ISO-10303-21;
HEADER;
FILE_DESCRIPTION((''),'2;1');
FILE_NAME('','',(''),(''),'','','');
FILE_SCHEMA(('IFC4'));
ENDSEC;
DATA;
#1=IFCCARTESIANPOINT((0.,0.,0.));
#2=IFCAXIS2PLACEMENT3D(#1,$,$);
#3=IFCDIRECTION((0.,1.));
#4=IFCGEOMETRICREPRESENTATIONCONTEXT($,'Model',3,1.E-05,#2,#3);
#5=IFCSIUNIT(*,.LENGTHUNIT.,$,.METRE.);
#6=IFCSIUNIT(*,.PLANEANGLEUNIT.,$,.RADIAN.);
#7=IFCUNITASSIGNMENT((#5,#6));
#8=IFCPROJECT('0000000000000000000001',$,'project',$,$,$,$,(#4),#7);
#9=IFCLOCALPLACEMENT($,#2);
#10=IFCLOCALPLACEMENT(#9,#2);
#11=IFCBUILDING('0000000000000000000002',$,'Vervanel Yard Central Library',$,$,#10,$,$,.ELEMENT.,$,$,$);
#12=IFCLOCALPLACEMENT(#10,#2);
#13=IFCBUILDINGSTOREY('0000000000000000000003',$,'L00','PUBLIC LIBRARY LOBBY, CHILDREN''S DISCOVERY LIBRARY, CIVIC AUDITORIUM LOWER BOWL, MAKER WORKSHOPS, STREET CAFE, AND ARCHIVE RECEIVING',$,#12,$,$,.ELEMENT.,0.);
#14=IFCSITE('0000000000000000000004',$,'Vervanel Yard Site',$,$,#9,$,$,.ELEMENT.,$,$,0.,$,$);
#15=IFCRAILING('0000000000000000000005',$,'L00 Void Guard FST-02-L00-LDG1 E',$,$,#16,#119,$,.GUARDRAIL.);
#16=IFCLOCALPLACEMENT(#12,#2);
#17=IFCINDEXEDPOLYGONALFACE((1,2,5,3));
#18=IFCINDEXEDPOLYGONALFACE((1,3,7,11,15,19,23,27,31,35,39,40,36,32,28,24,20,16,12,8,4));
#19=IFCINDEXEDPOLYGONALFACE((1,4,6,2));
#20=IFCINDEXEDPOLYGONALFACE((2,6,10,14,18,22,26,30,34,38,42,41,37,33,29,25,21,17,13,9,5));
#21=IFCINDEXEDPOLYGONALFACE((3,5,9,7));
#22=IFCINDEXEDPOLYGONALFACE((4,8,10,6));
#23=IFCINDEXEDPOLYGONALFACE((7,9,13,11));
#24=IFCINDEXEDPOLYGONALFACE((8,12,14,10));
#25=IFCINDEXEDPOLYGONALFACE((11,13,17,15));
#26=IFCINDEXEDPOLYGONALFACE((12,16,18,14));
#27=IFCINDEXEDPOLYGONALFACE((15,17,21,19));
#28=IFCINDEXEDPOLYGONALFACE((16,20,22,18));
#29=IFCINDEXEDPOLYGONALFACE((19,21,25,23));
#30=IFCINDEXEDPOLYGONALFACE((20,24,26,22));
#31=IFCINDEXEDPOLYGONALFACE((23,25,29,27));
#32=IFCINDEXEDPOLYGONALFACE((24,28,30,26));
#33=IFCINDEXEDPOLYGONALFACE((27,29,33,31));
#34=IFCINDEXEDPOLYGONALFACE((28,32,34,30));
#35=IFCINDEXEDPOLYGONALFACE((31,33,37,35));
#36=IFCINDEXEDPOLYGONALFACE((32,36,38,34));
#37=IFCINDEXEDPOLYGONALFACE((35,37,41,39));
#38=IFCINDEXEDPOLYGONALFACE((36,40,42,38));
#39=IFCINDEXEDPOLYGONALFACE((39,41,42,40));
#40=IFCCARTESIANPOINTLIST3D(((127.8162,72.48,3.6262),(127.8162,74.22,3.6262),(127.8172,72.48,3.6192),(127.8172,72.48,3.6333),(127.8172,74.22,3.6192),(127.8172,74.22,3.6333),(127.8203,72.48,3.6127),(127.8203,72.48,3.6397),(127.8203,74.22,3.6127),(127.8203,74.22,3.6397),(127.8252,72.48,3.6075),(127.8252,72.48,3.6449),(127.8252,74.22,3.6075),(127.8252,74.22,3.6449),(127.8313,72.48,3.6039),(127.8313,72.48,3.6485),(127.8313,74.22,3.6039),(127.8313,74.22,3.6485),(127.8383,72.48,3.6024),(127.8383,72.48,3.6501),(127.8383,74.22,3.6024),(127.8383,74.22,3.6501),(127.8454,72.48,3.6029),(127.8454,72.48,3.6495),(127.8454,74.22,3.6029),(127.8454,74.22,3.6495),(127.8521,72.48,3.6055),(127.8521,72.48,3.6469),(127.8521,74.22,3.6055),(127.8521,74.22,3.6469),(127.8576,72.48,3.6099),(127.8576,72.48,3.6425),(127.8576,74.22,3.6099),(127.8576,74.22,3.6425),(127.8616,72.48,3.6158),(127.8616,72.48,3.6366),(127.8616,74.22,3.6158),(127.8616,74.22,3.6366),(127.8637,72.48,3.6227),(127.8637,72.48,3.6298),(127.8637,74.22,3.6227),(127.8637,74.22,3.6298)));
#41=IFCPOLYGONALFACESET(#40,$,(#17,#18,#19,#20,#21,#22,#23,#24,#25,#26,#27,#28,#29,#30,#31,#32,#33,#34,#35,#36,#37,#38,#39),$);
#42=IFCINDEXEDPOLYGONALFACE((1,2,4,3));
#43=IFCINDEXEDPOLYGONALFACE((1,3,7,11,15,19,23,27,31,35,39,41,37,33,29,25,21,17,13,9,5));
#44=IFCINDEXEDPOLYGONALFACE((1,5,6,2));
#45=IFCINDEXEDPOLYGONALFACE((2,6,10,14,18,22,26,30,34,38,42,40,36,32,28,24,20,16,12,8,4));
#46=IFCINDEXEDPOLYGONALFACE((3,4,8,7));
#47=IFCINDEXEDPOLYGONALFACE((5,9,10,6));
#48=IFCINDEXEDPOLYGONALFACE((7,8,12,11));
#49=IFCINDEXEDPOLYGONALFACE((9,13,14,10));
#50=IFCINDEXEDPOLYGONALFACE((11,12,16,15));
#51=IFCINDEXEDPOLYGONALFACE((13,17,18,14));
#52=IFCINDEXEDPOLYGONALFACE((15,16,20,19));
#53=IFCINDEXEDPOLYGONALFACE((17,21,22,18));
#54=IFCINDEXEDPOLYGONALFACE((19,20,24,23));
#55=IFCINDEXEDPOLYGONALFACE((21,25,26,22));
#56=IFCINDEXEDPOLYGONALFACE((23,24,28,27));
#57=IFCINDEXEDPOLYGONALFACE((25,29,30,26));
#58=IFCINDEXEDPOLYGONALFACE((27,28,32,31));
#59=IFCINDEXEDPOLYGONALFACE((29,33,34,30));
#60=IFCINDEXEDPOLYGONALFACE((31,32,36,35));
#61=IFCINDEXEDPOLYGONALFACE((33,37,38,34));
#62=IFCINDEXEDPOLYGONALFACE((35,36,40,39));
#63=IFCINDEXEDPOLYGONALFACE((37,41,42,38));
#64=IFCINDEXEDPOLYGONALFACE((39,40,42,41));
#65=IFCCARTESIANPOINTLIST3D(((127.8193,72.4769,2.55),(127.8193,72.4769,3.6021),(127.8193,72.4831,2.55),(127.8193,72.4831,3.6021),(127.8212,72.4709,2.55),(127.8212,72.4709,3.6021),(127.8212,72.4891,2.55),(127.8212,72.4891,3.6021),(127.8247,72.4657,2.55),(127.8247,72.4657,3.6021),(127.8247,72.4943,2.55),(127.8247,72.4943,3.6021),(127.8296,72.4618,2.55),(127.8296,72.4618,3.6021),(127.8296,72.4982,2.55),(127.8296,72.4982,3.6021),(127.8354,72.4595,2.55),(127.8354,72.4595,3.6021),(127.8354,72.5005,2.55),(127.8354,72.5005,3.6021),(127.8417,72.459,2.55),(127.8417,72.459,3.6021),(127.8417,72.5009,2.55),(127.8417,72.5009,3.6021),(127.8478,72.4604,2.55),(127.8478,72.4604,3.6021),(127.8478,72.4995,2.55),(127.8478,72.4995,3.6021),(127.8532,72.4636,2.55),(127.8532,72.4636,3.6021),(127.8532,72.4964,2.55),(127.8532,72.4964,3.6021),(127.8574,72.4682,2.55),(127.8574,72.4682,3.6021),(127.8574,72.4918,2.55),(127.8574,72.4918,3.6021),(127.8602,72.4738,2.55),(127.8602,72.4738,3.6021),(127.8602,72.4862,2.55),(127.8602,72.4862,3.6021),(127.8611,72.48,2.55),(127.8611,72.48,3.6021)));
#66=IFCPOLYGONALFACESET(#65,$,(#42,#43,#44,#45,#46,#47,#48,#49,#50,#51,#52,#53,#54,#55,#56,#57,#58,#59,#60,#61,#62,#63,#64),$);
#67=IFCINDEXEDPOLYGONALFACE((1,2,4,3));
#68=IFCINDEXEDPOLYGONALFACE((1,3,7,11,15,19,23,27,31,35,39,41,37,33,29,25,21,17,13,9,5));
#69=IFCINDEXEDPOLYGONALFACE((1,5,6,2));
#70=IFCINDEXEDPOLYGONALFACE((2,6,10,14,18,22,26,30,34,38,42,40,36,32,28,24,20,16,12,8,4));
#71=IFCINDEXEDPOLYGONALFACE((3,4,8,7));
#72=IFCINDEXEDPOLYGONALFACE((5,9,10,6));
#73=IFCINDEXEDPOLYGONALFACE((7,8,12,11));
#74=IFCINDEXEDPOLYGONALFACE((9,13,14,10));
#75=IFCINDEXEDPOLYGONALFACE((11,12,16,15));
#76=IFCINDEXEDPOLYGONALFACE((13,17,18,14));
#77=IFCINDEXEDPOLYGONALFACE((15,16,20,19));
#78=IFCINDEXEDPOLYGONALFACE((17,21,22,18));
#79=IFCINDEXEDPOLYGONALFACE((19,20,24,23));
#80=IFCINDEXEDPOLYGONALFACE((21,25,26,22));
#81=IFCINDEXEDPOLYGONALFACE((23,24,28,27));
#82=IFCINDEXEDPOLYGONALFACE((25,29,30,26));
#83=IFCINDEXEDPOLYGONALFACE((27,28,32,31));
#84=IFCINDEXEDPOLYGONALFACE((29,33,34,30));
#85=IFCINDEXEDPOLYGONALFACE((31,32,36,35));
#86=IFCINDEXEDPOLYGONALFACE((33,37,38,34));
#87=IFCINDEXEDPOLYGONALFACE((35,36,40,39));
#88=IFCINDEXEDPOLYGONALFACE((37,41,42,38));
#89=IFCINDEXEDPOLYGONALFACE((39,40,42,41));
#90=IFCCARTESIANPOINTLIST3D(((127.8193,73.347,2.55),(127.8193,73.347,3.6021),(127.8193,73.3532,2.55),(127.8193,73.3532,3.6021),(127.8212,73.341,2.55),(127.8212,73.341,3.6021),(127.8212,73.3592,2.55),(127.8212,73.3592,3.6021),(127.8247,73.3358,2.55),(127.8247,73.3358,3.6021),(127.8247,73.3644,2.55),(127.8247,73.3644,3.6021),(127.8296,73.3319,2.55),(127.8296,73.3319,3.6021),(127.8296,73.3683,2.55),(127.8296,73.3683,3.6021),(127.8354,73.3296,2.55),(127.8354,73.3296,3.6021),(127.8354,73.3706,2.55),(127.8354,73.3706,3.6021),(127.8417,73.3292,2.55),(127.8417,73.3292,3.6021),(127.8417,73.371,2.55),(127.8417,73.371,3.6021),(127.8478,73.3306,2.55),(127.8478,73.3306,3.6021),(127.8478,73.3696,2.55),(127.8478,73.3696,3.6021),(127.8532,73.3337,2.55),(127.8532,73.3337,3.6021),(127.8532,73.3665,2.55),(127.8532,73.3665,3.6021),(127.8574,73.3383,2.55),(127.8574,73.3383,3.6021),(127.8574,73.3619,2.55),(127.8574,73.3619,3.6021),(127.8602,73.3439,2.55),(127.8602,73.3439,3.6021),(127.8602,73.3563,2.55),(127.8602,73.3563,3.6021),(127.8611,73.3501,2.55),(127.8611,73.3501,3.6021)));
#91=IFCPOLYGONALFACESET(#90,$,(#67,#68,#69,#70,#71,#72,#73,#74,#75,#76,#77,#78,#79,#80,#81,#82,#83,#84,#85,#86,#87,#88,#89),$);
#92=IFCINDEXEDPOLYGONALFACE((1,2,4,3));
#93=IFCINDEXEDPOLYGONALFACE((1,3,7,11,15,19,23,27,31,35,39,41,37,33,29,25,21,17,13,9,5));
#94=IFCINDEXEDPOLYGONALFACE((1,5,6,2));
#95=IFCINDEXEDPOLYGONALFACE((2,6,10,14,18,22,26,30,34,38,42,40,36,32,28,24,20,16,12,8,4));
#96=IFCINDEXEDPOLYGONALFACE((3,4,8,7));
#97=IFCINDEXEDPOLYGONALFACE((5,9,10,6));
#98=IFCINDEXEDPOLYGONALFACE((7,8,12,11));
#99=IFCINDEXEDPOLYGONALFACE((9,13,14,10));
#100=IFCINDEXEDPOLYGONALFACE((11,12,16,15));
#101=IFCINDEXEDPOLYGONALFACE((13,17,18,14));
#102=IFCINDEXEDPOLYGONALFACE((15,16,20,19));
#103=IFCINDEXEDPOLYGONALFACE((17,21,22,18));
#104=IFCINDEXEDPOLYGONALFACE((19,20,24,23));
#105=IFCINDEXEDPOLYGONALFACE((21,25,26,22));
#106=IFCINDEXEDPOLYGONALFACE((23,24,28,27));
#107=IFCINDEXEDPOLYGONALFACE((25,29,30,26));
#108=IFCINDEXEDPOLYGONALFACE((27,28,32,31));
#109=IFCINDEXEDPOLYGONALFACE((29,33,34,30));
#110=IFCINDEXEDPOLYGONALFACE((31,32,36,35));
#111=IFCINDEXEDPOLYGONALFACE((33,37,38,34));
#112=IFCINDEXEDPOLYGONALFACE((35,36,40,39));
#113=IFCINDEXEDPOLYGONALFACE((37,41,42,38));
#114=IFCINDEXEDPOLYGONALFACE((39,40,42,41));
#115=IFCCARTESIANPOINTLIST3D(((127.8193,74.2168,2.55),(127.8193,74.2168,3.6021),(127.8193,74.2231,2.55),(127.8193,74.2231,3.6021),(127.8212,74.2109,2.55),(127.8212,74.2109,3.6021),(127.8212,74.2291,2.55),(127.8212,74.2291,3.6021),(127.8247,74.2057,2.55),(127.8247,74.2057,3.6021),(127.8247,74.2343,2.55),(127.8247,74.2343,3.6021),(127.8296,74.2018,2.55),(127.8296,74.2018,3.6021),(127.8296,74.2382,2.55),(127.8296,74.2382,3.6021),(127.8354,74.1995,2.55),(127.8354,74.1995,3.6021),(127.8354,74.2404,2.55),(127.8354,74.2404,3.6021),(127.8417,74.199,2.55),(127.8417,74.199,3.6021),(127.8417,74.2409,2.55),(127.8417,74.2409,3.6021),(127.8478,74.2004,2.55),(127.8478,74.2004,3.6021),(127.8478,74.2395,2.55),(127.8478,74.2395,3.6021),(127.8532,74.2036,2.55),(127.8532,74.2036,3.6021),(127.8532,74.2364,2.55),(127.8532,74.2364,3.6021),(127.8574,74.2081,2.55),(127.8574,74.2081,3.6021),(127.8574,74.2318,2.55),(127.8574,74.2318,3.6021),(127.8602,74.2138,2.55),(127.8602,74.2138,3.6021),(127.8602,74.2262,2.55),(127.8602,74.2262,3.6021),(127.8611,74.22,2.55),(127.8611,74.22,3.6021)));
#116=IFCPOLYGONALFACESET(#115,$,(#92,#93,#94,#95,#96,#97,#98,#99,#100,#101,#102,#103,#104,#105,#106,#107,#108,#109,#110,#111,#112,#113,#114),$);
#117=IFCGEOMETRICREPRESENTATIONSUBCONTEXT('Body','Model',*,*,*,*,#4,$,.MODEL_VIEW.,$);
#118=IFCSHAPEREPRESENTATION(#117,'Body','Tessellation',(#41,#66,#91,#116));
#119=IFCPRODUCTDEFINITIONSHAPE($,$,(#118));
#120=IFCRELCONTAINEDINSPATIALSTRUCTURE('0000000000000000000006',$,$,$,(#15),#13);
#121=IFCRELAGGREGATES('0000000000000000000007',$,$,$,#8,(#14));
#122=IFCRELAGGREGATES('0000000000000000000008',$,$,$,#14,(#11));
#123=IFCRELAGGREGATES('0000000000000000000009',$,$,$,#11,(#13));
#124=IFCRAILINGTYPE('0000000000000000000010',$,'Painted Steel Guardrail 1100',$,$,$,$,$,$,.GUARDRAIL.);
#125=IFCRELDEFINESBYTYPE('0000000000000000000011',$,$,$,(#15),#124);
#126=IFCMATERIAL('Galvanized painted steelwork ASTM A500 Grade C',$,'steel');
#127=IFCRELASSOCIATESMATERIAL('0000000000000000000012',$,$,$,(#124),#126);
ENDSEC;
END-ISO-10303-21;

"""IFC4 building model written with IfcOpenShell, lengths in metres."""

from ifc_helpers import new_model, si_unit, direction, frame, origin, origin_2d, place, context, subcontext, project, spatial, circle, extrude, material, type_object, element, save


model = new_model("IFC4")

# Units and contexts
model_context = context("Model", 3, precision=1e-05, world=origin(), true_north=direction((0.0, 1.0)))
body_context = subcontext(model_context, "Body", "Model", "MODEL_VIEW")
ifc_project = project(units=[si_unit("LENGTHUNIT", "METRE"), si_unit("PLANEANGLEUNIT", "RADIAN")], contexts=[model_context])

# Site, building, storey
site_placement = place(None, origin())
site = spatial("IfcSite", under=ifc_project, at=site_placement, Name="Vervanel Yard Site", CompositionType="ELEMENT", RefElevation=0.0)
building_placement = place(site_placement, origin())
building = spatial("IfcBuilding", under=site, at=building_placement, Name="Vervanel Yard Central Library", CompositionType="ELEMENT")
storey_placement = place(building_placement, origin())
storey = spatial("IfcBuildingStorey", under=building, at=storey_placement, Name="L00", Description="PUBLIC LIBRARY LOBBY, CHILDREN'S DISCOVERY LIBRARY, CIVIC AUDITORIUM LOWER BOWL, MAKER WORKSHOPS, STREET CAFE, AND ARCHIVE RECEIVING", CompositionType="ELEMENT", Elevation=0.0)

# Railing
ifc_material_1 = material(Name="Galvanized painted steelwork ASTM A500 Grade C", Category="steel")
railing_type = type_object("IfcRailingType", Name="Painted Steel Guardrail 1100", PredefinedType="GUARDRAIL", material=ifc_material_1)
railing_1_placement = place(storey_placement, frame((127.8401, 72.48, 2.55)))
element("IfcRailing", 1, at=railing_1_placement, inside=storey, type_object=railing_type, Name="L00 Void Guard FST-02-L00-LDG1 E", PredefinedType="GUARDRAIL", context=body_context, shape_type="SweptSolid", body=[
    extrude(circle(Radius=0.0239, at=origin_2d()), frame((0.0, 0.0, 1.0762), z_axis=(0.0, 1.0, 0.0), x_axis=(-1.0, 0.0, 0.0)), (0.0, 0.0, 1.0), 1.74),
    extrude(circle(Radius=0.021, at=origin_2d()), origin(), (0.0, 0.0, 1.0), 1.052),
    extrude(circle(Radius=0.021, at=origin_2d()), frame((0.0, 0.8701, 0.0)), (0.0, 0.0, 1.0), 1.052),
    extrude(circle(Radius=0.021, at=origin_2d()), frame((0.0, 1.74, 0.0)), (0.0, 0.0, 1.0), 1.052),
])

save(model, "model.ifc")
